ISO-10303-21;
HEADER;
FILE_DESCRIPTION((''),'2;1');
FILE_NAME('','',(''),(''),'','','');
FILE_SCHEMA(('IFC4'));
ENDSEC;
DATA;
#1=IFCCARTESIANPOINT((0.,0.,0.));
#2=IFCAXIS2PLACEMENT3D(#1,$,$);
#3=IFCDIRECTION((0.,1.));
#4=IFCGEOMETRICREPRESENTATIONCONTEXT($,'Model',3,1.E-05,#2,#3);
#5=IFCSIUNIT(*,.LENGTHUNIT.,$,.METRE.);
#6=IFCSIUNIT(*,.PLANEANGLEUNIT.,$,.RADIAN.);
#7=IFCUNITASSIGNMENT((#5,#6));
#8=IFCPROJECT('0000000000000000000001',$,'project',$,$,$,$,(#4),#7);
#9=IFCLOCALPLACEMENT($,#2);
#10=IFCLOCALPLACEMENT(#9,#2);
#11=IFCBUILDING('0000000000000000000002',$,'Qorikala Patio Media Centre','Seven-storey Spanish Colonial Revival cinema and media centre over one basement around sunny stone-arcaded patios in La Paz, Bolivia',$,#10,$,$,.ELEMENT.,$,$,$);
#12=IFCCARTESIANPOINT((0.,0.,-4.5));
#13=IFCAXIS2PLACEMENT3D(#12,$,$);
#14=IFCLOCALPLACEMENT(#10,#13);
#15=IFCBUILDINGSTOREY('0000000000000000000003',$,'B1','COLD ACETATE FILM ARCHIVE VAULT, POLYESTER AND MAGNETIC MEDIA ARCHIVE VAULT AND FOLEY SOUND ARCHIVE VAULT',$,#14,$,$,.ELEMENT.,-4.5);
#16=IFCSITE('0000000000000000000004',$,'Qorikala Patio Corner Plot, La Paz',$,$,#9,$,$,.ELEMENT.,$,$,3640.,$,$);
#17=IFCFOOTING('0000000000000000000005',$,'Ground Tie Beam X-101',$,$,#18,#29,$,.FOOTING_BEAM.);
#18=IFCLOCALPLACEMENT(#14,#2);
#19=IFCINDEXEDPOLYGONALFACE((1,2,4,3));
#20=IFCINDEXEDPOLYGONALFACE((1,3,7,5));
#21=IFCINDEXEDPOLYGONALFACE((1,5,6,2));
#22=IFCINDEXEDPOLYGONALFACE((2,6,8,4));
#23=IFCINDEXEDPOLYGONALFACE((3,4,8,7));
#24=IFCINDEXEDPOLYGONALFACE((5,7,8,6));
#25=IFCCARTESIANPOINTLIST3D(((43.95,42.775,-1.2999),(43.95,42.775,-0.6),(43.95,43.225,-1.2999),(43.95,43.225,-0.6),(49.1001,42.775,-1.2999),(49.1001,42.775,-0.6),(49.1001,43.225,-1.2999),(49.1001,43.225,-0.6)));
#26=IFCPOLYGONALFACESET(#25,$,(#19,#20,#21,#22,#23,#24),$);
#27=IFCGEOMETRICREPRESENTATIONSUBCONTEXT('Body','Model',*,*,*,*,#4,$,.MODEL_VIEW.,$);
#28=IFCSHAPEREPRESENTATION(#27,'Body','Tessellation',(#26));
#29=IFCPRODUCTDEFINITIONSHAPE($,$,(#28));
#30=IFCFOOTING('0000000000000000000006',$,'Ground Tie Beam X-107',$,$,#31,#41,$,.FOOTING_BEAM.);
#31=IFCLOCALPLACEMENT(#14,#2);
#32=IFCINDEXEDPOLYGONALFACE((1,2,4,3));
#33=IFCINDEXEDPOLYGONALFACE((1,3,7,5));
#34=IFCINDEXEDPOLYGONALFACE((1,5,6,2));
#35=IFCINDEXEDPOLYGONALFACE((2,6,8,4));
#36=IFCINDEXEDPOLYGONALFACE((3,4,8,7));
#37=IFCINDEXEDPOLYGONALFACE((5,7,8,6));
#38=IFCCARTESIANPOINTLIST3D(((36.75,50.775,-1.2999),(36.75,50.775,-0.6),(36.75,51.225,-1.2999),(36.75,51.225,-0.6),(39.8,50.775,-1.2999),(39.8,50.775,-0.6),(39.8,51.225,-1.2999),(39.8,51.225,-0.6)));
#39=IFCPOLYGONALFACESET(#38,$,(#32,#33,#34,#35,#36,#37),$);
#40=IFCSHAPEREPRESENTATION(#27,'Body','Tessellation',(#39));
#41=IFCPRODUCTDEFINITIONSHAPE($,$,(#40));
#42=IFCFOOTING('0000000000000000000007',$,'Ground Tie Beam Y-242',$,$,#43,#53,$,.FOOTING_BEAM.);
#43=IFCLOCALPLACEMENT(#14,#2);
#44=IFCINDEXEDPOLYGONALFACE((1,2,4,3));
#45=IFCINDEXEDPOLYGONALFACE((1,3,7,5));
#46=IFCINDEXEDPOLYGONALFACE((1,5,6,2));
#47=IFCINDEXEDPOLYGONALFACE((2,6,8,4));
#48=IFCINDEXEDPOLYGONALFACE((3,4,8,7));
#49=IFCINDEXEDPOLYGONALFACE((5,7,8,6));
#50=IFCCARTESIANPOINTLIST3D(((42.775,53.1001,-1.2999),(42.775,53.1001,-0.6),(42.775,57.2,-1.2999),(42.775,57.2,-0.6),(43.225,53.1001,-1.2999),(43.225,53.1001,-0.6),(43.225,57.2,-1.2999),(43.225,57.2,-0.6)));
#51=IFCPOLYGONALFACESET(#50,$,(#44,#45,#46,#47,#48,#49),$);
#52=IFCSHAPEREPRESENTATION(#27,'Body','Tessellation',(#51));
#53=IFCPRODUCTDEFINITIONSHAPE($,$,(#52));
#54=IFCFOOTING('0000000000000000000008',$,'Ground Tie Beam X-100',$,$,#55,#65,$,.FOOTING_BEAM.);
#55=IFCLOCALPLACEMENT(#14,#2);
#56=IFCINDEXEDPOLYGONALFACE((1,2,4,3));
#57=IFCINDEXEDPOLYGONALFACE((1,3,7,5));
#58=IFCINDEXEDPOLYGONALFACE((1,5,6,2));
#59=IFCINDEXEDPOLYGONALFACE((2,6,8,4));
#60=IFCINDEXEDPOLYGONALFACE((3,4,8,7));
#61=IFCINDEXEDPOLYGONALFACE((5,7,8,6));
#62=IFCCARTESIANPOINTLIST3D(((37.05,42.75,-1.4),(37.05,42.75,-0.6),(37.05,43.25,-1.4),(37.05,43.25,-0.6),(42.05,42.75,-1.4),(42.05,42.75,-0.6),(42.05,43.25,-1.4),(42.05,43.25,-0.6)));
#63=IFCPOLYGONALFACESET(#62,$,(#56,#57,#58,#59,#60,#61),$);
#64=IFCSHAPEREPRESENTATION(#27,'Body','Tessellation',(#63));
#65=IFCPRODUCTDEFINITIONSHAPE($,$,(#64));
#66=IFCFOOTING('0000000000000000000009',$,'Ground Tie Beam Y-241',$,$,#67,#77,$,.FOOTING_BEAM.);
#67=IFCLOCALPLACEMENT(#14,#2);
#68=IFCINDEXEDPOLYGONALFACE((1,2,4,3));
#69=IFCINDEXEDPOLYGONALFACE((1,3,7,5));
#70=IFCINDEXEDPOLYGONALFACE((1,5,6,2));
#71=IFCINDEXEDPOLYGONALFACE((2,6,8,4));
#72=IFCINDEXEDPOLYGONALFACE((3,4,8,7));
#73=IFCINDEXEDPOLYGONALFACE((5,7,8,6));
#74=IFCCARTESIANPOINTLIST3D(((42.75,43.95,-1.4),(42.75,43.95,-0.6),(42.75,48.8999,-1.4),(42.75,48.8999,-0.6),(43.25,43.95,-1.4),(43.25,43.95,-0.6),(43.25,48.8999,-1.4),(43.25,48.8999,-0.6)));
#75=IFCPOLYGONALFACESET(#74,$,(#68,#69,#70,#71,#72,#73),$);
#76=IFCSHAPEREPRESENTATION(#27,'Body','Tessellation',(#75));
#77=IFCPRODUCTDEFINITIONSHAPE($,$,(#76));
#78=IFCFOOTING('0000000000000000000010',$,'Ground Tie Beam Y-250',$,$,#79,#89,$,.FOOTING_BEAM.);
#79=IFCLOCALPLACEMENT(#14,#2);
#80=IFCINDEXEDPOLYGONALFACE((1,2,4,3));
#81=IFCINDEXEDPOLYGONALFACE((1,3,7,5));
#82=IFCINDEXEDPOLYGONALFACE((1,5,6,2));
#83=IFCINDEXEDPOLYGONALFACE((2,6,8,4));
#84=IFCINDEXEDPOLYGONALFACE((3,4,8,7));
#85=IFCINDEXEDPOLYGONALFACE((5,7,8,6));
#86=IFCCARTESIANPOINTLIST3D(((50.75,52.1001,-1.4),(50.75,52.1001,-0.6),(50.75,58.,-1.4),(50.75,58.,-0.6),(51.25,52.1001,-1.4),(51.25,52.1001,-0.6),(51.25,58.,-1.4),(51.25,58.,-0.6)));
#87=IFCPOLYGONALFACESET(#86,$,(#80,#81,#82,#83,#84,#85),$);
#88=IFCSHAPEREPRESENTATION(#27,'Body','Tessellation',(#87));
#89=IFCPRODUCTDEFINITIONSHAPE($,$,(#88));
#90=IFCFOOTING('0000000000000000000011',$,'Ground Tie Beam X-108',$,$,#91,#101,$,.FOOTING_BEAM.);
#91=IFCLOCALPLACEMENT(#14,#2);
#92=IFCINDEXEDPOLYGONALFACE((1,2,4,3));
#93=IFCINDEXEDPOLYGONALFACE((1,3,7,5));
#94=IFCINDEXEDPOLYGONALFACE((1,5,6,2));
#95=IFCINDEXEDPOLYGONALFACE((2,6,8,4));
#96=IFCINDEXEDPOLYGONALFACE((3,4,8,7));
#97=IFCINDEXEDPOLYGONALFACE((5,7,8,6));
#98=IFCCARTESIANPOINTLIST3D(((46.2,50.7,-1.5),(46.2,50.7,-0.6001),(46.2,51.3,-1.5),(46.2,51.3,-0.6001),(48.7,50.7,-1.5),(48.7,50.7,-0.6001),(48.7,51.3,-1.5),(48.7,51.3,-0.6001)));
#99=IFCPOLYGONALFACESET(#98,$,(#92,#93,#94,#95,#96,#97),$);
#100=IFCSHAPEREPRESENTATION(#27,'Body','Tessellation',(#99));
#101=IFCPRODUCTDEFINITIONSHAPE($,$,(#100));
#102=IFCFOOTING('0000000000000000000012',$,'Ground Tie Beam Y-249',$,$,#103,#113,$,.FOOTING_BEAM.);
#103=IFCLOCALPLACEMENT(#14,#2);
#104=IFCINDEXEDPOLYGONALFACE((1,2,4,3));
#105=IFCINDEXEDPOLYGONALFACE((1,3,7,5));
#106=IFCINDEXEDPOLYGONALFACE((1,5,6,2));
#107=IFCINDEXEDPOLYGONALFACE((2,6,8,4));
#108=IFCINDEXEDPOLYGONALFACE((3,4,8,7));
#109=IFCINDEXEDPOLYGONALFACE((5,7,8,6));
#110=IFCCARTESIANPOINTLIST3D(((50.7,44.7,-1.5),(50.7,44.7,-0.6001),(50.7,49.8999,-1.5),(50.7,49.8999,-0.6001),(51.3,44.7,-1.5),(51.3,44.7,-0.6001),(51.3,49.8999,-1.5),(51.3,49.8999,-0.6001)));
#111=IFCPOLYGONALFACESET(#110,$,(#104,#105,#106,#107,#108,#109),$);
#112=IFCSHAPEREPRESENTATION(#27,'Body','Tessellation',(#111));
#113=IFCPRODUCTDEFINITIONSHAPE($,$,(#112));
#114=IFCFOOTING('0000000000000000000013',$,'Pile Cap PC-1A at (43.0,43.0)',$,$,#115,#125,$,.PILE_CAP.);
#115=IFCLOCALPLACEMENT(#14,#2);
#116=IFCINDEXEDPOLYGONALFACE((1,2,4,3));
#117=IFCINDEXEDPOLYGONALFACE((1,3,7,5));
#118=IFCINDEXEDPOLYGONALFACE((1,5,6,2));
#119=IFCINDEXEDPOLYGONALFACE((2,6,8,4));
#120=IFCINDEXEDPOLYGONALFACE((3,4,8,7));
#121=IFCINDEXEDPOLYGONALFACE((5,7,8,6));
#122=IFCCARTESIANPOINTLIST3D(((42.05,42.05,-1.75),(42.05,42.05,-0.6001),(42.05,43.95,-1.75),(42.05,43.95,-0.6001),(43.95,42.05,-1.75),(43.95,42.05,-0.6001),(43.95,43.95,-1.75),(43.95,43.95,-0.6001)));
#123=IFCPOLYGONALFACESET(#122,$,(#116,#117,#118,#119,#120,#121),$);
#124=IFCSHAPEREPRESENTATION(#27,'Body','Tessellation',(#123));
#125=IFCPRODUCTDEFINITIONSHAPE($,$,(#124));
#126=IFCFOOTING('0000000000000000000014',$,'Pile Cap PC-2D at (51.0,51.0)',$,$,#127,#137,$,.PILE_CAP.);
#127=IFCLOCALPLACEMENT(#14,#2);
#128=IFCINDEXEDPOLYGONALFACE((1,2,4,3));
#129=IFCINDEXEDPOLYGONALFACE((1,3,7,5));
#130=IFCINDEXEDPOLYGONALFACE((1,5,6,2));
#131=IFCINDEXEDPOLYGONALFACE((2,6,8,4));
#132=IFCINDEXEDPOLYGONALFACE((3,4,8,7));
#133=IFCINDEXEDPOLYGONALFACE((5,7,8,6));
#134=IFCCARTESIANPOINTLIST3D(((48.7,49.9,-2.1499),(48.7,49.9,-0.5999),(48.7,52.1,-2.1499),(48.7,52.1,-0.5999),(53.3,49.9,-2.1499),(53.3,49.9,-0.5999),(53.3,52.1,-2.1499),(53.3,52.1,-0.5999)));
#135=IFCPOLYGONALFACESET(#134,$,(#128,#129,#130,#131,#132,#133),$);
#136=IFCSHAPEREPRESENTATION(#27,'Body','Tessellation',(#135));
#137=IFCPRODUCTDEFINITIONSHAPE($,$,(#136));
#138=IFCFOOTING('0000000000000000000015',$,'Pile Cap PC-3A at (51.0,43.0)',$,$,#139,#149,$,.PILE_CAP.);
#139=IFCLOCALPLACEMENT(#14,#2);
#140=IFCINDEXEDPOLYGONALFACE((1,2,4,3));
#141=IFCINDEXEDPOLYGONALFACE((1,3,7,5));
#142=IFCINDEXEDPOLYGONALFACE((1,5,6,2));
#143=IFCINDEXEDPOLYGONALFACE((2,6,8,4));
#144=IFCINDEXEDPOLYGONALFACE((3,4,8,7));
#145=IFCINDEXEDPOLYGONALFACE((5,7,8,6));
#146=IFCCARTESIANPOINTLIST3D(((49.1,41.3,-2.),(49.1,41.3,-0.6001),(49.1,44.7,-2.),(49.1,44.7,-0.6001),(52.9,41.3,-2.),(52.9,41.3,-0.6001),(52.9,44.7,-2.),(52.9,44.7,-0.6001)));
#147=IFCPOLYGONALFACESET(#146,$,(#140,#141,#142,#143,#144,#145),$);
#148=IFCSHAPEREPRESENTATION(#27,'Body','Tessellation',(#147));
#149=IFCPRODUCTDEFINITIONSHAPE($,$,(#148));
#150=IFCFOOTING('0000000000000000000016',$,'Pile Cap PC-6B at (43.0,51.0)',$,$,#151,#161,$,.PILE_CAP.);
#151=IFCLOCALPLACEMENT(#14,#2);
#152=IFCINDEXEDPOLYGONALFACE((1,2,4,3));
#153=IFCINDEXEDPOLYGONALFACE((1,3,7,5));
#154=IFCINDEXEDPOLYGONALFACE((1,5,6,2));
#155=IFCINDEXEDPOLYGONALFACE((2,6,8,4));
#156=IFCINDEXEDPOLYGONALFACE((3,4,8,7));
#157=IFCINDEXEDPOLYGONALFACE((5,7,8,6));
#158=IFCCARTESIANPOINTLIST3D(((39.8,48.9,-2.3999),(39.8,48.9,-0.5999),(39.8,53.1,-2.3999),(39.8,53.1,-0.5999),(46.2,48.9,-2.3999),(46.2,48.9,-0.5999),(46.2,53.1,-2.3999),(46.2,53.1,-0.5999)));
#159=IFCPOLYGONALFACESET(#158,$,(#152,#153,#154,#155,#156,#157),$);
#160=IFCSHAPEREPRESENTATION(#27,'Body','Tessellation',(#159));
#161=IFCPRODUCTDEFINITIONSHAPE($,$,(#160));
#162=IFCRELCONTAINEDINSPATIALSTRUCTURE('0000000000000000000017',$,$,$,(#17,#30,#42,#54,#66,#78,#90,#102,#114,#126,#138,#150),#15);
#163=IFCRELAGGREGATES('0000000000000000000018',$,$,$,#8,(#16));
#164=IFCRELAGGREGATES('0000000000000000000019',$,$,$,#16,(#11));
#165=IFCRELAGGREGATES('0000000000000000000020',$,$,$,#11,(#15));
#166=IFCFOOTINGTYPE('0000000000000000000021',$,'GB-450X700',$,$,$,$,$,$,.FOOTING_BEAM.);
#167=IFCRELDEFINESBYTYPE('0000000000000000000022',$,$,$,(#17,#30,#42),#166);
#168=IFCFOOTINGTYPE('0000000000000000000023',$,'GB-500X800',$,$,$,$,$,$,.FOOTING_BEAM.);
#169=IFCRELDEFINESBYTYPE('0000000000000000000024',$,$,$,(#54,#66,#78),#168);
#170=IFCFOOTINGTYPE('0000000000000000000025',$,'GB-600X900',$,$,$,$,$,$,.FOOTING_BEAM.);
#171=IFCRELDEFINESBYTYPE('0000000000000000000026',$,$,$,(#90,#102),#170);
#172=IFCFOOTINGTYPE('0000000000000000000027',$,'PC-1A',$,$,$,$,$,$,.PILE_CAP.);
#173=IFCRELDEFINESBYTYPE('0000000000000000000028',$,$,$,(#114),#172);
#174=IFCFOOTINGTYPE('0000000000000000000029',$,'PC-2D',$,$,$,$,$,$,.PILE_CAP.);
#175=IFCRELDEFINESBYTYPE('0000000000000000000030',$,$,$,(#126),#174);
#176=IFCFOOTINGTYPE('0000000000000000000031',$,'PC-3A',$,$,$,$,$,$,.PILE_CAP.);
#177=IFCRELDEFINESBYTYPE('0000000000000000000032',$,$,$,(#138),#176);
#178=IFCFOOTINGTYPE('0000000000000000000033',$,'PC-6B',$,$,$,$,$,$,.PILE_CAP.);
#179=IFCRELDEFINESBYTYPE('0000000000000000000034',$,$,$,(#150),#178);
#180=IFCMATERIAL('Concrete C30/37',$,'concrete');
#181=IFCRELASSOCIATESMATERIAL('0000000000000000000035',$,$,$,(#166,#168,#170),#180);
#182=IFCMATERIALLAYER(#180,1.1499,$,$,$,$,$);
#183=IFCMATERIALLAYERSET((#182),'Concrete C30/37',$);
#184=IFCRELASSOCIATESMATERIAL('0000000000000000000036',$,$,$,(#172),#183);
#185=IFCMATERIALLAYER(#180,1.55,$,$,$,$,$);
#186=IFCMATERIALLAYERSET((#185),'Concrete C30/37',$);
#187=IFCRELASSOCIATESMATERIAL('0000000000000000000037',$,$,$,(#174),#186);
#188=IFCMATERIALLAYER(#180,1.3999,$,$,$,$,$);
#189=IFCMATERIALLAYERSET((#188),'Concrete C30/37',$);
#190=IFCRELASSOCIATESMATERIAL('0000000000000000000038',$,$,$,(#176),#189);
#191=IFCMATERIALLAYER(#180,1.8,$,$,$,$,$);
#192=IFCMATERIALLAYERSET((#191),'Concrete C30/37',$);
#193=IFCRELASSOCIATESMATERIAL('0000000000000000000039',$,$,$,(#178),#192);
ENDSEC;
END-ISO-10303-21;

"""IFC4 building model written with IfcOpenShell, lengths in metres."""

from ifc_helpers import new_model, si_unit, direction, frame, origin, origin_2d, place, context, subcontext, project, spatial, rectangle, extrude, material, layer, layer_set, material_profile, profile_set, type_object, element, save


model = new_model("IFC4")

# Units and contexts
model_context = context("Model", 3, precision=1e-05, world=origin(), true_north=direction((0.0, 1.0)))
body_context = subcontext(model_context, "Body", "Model", "MODEL_VIEW")
ifc_project = project(units=[si_unit("LENGTHUNIT", "METRE"), si_unit("PLANEANGLEUNIT", "RADIAN")], contexts=[model_context])

# Site, building, storey
site_placement = place(None, origin())
site = spatial("IfcSite", under=ifc_project, at=site_placement, Name="Qorikala Patio Corner Plot, La Paz", CompositionType="ELEMENT", RefElevation=3640.0)
building_placement = place(site_placement, origin())
building = spatial("IfcBuilding", under=site, at=building_placement, Name="Qorikala Patio Media Centre", Description="Seven-storey Spanish Colonial Revival cinema and media centre over one basement around sunny stone-arcaded patios in La Paz, Bolivia", CompositionType="ELEMENT")
storey_placement = place(building_placement, frame((0.0, 0.0, -4.5)))
storey = spatial("IfcBuildingStorey", under=building, at=storey_placement, Name="B1", Description="COLD ACETATE FILM ARCHIVE VAULT, POLYESTER AND MAGNETIC MEDIA ARCHIVE VAULT AND FOLEY SOUND ARCHIVE VAULT", CompositionType="ELEMENT", Elevation=-4.5)

# Footings
ifc_material_1 = material(Name="Concrete C30/37", Category="concrete")
ifc_material_profile_1 = material_profile(ifc_material_1, rectangle(XDim=0.45, YDim=0.7, at=origin_2d()), Name="RC 450x700")
ifc_profile_set_1 = profile_set([ifc_material_profile_1], Name="Concrete C30/37")
footing_type_1 = type_object("IfcFootingType", Name="GB-450X700", PredefinedType="FOOTING_BEAM", material=ifc_profile_set_1)
footing_1_placement = place(storey_placement, frame((43.95, 43.0, -0.95), z_axis=(1.0, 0.0, 0.0), x_axis=(0.0, 1.0, 0.0)))
element("IfcFooting", 1, at=footing_1_placement, inside=storey, type_object=footing_type_1, Name="Ground Tie Beam X-101", PredefinedType="FOOTING_BEAM", context=body_context, shape_type="SweptSolid", body=[
    extrude(rectangle(XDim=0.45, YDim=0.7, at=origin_2d()), origin(), (0.0, 0.0, 1.0), 5.1501),
])
footing_2_placement = place(storey_placement, frame((36.75, 51.0, -0.95), z_axis=(1.0, 0.0, 0.0), x_axis=(0.0, 1.0, 0.0)))
element("IfcFooting", 2, at=footing_2_placement, inside=storey, type_object=footing_type_1, Name="Ground Tie Beam X-107", PredefinedType="FOOTING_BEAM", context=body_context, shape_type="SweptSolid", body=[
    extrude(rectangle(XDim=0.45, YDim=0.7, at=origin_2d()), origin(), (0.0, 0.0, 1.0), 3.05),
])
footing_3_placement = place(storey_placement, frame((43.0, 53.1001, -0.95), z_axis=(0.0, 1.0, 0.0), x_axis=(-1.0, 0.0, 0.0)))
element("IfcFooting", 3, at=footing_3_placement, inside=storey, type_object=footing_type_1, Name="Ground Tie Beam Y-242", PredefinedType="FOOTING_BEAM", context=body_context, shape_type="SweptSolid", body=[
    extrude(rectangle(XDim=0.45, YDim=0.7, at=origin_2d()), origin(), (0.0, 0.0, 1.0), 4.0999),
])
ifc_material_profile_2 = material_profile(ifc_material_1, rectangle(XDim=0.5, YDim=0.8, at=origin_2d()), Name="RC 500x800")
ifc_profile_set_2 = profile_set([ifc_material_profile_2], Name="Concrete C30/37")
footing_type_2 = type_object("IfcFootingType", Name="GB-500X800", PredefinedType="FOOTING_BEAM", material=ifc_profile_set_2)
footing_4_placement = place(storey_placement, frame((37.05, 43.0, -1.0), z_axis=(1.0, 0.0, 0.0), x_axis=(0.0, 1.0, 0.0)))
element("IfcFooting", 4, at=footing_4_placement, inside=storey, type_object=footing_type_2, Name="Ground Tie Beam X-100", PredefinedType="FOOTING_BEAM", context=body_context, shape_type="SweptSolid", body=[
    extrude(rectangle(XDim=0.5, YDim=0.8, at=origin_2d()), origin(), (0.0, 0.0, 1.0), 5.0),
])
footing_5_placement = place(storey_placement, frame((43.0, 43.95, -1.0), z_axis=(0.0, 1.0, 0.0), x_axis=(-1.0, 0.0, 0.0)))
element("IfcFooting", 5, at=footing_5_placement, inside=storey, type_object=footing_type_2, Name="Ground Tie Beam Y-241", PredefinedType="FOOTING_BEAM", context=body_context, shape_type="SweptSolid", body=[
    extrude(rectangle(XDim=0.5, YDim=0.8, at=origin_2d()), origin(), (0.0, 0.0, 1.0), 4.95),
])
footing_6_placement = place(storey_placement, frame((51.0, 52.1001, -1.0), z_axis=(0.0, 1.0, 0.0), x_axis=(-1.0, 0.0, 0.0)))
element("IfcFooting", 6, at=footing_6_placement, inside=storey, type_object=footing_type_2, Name="Ground Tie Beam Y-250", PredefinedType="FOOTING_BEAM", context=body_context, shape_type="SweptSolid", body=[
    extrude(rectangle(XDim=0.5, YDim=0.8, at=origin_2d()), origin(), (0.0, 0.0, 1.0), 5.8999),
])
ifc_material_profile_3 = material_profile(ifc_material_1, rectangle(XDim=0.6001, YDim=0.8999, at=origin_2d()), Name="RC 600x900")
ifc_profile_set_3 = profile_set([ifc_material_profile_3], Name="Concrete C30/37")
footing_type_3 = type_object("IfcFootingType", Name="GB-600X900", PredefinedType="FOOTING_BEAM", material=ifc_profile_set_3)
footing_7_placement = place(storey_placement, frame((46.2, 51.0, -1.05), z_axis=(1.0, 0.0, 0.0), x_axis=(0.0, 1.0, 0.0)))
element("IfcFooting", 7, at=footing_7_placement, inside=storey, type_object=footing_type_3, Name="Ground Tie Beam X-108", PredefinedType="FOOTING_BEAM", context=body_context, shape_type="SweptSolid", body=[
    extrude(rectangle(XDim=0.6001, YDim=0.8999, at=origin_2d()), origin(), (0.0, 0.0, 1.0), 2.5),
])
footing_8_placement = place(storey_placement, frame((51.0, 44.7, -1.05), z_axis=(0.0, 1.0, 0.0), x_axis=(-1.0, 0.0, 0.0)))
element("IfcFooting", 8, at=footing_8_placement, inside=storey, type_object=footing_type_3, Name="Ground Tie Beam Y-249", PredefinedType="FOOTING_BEAM", context=body_context, shape_type="SweptSolid", body=[
    extrude(rectangle(XDim=0.6001, YDim=0.8999, at=origin_2d()), origin(), (0.0, 0.0, 1.0), 5.2),
])
ifc_layer_1 = layer(ifc_material_1, 1.1499)
ifc_layer_set_1 = layer_set([ifc_layer_1], Name="Concrete C30/37")
footing_type_4 = type_object("IfcFootingType", Name="PC-1A", PredefinedType="PILE_CAP", material=ifc_layer_set_1)
footing_9_placement = place(storey_placement, frame((43.0, 43.0, -1.75), z_axis=(0.0, 0.0, 1.0), x_axis=(1.0, 0.0, 0.0)))
element("IfcFooting", 9, at=footing_9_placement, inside=storey, type_object=footing_type_4, Name="Pile Cap PC-1A at (43.0,43.0)", PredefinedType="PILE_CAP", context=body_context, shape_type="SweptSolid", body=[
    extrude(rectangle(XDim=1.8999, YDim=1.8999, at=origin_2d()), origin(), (0.0, 0.0, 1.0), 1.1499),
])
ifc_layer_2 = layer(ifc_material_1, 1.55)
ifc_layer_set_2 = layer_set([ifc_layer_2], Name="Concrete C30/37")
footing_type_5 = type_object("IfcFootingType", Name="PC-2D", PredefinedType="PILE_CAP", material=ifc_layer_set_2)
footing_10_placement = place(storey_placement, frame((51.0, 51.0, -2.1499), z_axis=(0.0, 0.0, 1.0), x_axis=(1.0, 0.0, 0.0)))
element("IfcFooting", 10, at=footing_10_placement, inside=storey, type_object=footing_type_5, Name="Pile Cap PC-2D at (51.0,51.0)", PredefinedType="PILE_CAP", context=body_context, shape_type="SweptSolid", body=[
    extrude(rectangle(XDim=4.6001, YDim=2.2, at=origin_2d()), origin(), (0.0, 0.0, 1.0), 1.55),
])
ifc_layer_3 = layer(ifc_material_1, 1.3999)
ifc_layer_set_3 = layer_set([ifc_layer_3], Name="Concrete C30/37")
footing_type_6 = type_object("IfcFootingType", Name="PC-3A", PredefinedType="PILE_CAP", material=ifc_layer_set_3)
footing_11_placement = place(storey_placement, frame((51.0, 43.0, -2.0), z_axis=(0.0, 0.0, 1.0), x_axis=(1.0, 0.0, 0.0)))
element("IfcFooting", 11, at=footing_11_placement, inside=storey, type_object=footing_type_6, Name="Pile Cap PC-3A at (51.0,43.0)", PredefinedType="PILE_CAP", context=body_context, shape_type="SweptSolid", body=[
    extrude(rectangle(XDim=3.8, YDim=3.3999, at=origin_2d()), origin(), (0.0, 0.0, 1.0), 1.3999),
])
ifc_layer_4 = layer(ifc_material_1, 1.8)
ifc_layer_set_4 = layer_set([ifc_layer_4], Name="Concrete C30/37")
footing_type_7 = type_object("IfcFootingType", Name="PC-6B", PredefinedType="PILE_CAP", material=ifc_layer_set_4)
footing_12_placement = place(storey_placement, frame((43.0, 51.0, -2.3999), z_axis=(0.0, 0.0, 1.0), x_axis=(1.0, 0.0, 0.0)))
element("IfcFooting", 12, at=footing_12_placement, inside=storey, type_object=footing_type_7, Name="Pile Cap PC-6B at (43.0,51.0)", PredefinedType="PILE_CAP", context=body_context, shape_type="SweptSolid", body=[
    extrude(rectangle(XDim=6.3999, YDim=4.2, at=origin_2d()), origin(), (0.0, 0.0, 1.0), 1.8),
])

save(model, "model.ifc")
